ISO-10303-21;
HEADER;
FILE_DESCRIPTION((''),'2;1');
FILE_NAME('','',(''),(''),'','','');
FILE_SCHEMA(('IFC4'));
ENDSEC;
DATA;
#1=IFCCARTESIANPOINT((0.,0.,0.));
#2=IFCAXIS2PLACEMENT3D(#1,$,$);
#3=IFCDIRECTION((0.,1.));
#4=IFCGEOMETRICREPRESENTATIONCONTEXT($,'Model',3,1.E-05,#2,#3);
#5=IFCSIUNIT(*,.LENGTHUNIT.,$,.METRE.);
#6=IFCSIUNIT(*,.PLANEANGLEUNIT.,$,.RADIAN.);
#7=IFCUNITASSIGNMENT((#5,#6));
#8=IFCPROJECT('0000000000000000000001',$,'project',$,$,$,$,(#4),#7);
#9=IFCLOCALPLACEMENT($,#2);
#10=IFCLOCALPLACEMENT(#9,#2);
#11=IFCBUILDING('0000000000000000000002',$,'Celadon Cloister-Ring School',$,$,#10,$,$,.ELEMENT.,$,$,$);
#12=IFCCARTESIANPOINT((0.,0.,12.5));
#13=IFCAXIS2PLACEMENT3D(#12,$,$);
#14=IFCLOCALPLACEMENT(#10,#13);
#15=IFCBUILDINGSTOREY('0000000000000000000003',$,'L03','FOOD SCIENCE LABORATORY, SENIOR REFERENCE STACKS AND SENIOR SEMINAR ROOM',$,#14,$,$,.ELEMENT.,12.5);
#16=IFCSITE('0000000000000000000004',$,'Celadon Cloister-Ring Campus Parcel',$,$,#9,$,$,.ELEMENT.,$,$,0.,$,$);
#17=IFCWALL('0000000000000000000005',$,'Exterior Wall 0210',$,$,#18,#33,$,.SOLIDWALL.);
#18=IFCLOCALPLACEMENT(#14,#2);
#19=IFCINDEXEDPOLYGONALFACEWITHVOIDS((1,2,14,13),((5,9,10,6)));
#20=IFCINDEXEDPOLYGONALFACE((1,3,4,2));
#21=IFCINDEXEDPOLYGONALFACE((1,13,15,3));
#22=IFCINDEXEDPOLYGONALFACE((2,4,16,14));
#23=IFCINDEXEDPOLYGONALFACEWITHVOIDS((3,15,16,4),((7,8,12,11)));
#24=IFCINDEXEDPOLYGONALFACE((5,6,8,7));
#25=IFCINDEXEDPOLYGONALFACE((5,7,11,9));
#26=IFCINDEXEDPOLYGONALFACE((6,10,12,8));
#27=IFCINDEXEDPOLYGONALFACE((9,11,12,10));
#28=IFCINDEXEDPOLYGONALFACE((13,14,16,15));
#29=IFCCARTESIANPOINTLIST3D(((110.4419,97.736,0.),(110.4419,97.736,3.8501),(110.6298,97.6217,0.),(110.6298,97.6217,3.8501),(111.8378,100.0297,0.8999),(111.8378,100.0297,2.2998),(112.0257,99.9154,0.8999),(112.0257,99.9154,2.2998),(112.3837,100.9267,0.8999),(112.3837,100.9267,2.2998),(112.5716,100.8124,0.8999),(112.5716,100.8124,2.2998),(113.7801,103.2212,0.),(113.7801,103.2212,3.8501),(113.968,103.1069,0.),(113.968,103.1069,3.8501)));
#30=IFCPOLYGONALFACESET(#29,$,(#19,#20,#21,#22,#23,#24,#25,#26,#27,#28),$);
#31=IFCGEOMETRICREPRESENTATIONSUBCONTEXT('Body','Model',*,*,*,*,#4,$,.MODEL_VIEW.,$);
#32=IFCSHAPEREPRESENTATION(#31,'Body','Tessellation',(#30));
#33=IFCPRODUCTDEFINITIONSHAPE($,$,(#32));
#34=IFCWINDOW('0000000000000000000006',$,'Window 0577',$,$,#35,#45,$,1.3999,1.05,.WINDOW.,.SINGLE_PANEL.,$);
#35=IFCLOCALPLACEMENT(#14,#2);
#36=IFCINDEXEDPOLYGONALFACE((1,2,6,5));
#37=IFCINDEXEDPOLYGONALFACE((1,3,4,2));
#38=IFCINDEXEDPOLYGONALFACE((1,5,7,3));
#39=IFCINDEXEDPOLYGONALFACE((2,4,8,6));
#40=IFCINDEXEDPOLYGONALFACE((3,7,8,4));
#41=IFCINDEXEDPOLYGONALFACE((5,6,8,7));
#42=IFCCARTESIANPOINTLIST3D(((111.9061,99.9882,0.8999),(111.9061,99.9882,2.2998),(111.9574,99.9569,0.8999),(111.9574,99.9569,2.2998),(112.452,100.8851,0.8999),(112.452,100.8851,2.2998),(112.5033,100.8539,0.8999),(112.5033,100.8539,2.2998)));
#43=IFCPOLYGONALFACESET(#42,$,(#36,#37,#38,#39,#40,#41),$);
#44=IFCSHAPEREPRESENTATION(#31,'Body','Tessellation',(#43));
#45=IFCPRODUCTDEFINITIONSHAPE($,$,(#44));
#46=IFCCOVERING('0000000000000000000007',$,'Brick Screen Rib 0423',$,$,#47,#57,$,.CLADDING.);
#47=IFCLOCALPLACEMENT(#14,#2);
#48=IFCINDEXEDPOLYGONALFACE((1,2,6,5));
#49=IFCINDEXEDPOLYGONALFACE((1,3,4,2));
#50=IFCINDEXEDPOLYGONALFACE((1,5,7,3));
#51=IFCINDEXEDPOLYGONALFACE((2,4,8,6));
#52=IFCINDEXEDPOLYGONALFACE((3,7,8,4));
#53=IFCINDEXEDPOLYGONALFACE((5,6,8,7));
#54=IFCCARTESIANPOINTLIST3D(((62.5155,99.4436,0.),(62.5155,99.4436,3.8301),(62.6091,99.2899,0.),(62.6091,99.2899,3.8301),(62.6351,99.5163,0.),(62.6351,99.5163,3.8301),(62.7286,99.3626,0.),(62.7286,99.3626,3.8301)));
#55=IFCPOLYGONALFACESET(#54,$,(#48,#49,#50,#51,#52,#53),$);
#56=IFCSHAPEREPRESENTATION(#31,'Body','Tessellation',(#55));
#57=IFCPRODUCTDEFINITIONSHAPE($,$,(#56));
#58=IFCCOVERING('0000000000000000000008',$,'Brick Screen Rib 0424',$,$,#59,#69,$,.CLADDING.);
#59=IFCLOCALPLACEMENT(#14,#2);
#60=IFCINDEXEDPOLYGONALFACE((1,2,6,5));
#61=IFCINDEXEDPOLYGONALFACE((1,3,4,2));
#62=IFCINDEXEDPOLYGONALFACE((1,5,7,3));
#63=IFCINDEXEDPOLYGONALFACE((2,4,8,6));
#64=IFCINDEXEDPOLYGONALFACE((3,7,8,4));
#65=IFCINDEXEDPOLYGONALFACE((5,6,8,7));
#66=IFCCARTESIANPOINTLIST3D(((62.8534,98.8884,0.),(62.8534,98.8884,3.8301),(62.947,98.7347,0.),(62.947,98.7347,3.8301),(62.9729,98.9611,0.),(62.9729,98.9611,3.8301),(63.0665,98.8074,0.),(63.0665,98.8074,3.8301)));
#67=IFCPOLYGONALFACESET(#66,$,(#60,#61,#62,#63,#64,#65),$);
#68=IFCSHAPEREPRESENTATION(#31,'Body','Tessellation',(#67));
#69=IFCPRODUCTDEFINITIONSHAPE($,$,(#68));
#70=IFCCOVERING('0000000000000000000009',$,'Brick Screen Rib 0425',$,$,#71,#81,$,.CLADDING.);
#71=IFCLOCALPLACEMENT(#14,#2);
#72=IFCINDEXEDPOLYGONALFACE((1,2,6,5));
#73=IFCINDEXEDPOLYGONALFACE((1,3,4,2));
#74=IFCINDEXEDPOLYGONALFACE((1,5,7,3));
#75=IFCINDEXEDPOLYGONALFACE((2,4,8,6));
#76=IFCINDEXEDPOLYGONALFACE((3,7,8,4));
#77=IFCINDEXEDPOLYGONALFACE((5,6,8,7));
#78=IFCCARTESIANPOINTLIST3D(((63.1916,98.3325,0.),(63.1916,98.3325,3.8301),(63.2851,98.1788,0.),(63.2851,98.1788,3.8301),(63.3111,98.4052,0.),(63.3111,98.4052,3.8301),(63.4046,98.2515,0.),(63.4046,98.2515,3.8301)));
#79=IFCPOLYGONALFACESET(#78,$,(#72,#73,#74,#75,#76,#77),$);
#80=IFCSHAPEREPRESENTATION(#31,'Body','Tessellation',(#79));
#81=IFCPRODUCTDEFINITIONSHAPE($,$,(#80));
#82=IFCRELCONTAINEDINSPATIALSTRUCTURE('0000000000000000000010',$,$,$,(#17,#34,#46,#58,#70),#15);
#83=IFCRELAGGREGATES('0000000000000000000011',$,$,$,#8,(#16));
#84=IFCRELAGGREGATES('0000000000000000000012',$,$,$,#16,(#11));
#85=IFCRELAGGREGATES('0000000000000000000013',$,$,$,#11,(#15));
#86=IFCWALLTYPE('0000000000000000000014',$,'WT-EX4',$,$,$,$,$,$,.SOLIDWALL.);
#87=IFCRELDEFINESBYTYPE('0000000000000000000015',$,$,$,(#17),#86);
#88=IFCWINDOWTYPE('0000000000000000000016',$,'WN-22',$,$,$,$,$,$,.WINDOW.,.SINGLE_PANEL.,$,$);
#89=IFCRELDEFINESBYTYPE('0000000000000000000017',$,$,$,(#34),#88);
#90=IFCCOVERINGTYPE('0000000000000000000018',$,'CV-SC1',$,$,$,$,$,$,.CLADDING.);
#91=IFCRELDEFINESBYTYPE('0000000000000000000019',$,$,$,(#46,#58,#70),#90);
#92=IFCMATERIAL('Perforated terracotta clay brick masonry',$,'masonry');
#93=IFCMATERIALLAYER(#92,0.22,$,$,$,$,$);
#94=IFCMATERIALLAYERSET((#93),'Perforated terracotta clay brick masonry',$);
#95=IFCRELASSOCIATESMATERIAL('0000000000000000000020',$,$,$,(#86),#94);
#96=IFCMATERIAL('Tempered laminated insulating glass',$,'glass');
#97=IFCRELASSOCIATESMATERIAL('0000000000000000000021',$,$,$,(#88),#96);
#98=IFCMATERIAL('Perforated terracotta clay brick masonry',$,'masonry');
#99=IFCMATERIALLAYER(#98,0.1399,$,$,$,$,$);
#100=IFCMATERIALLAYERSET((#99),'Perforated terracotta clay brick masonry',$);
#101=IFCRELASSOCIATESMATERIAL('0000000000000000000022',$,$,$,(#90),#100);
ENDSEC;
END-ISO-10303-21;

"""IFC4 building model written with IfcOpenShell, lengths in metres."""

from ifc_helpers import new_model, si_unit, direction, frame, frame_2d, origin, origin_2d, place, context, subcontext, project, spatial, rectangle, extrude, material, layer, layer_set, type_object, element, fill, save


model = new_model("IFC4")

# Units and contexts
model_context = context("Model", 3, precision=1e-05, world=origin(), true_north=direction((0.0, 1.0)))
body_context = subcontext(model_context, "Body", "Model", "MODEL_VIEW")
ifc_project = project(units=[si_unit("LENGTHUNIT", "METRE"), si_unit("PLANEANGLEUNIT", "RADIAN")], contexts=[model_context])

# Site, building, storey
site_placement = place(None, origin())
site = spatial("IfcSite", under=ifc_project, at=site_placement, Name="Celadon Cloister-Ring Campus Parcel", CompositionType="ELEMENT", RefElevation=0.0)
building_placement = place(site_placement, origin())
building = spatial("IfcBuilding", under=site, at=building_placement, Name="Celadon Cloister-Ring School", CompositionType="ELEMENT")
storey_placement = place(building_placement, frame((0.0, 0.0, 12.5)))
storey = spatial("IfcBuildingStorey", under=building, at=storey_placement, Name="L03", Description="FOOD SCIENCE LABORATORY, SENIOR REFERENCE STACKS AND SENIOR SEMINAR ROOM", CompositionType="ELEMENT", Elevation=12.5)

# Wall, opening, window
ifc_material_1 = material(Name="Perforated terracotta clay brick masonry", Category="masonry")
ifc_layer_1 = layer(ifc_material_1, 0.22)
ifc_layer_set_1 = layer_set([ifc_layer_1], Name="Perforated terracotta clay brick masonry")
wall_type = type_object("IfcWallType", Name="WT-EX4", PredefinedType="SOLIDWALL", material=ifc_layer_set_1)
wall_placement = place(storey_placement, frame((110.5359, 97.679, 0.0), z_axis=(0.0, 0.0, 1.0), x_axis=(0.519876, 0.854242, 0.0)))
wall = element("IfcWall", 1, at=wall_placement, inside=storey, type_object=wall_type, Name="Exterior Wall 0210", PredefinedType="SOLIDWALL", context=body_context, shape_type="SweptSolid", body=[
    extrude(rectangle(XDim=6.4211, YDim=0.22, at=frame_2d((3.2104, 0.0))), origin(), (0.0, 0.0, 1.0), 3.8501),
])
opening_placement = place(wall_placement, frame((2.6851, 0.0, 0.8999)))
opening = element("IfcOpeningElement", 2, at=opening_placement, cuts=wall, PredefinedType="OPENING", context=body_context, shape_type="SweptSolid", body=[
    extrude(rectangle(XDim=1.05, YDim=1.3999, at=frame_2d((0.5249, 0.7))), frame((0.0, 0.1201, 0.0), z_axis=(0.0, -1.0, 0.0), x_axis=(1.0, 0.0, 0.0)), (0.0, 0.0, 1.0), 0.24),
])
ifc_material_2 = material(Name="Tempered laminated insulating glass", Category="glass")
window_type = type_object("IfcWindowType", Name="WN-22", PartitioningType="SINGLE_PANEL", PredefinedType="WINDOW", material=ifc_material_2)
window_placement = place(opening_placement, origin())
window = element("IfcWindow", 3, at=window_placement, inside=storey, type_object=window_type, Name="Window 0577", OverallHeight=1.3999, OverallWidth=1.05, PartitioningType="SINGLE_PANEL", PredefinedType="WINDOW", context=body_context, shape_type="SweptSolid", body=[
    extrude(rectangle(XDim=1.05, YDim=1.3999, at=frame_2d((0.5249, 0.7))), frame((0.0, 0.03, 0.0), z_axis=(0.0, -1.0, 0.0), x_axis=(1.0, 0.0, 0.0)), (0.0, 0.0, 1.0), 0.0601),
])
fill(opening, window)

# Coverings
ifc_material_3 = material(Name="Perforated terracotta clay brick masonry", Category="masonry")
ifc_layer_2 = layer(ifc_material_3, 0.1399)
ifc_layer_set_2 = layer_set([ifc_layer_2], Name="Perforated terracotta clay brick masonry")
covering_type = type_object("IfcCoveringType", Name="CV-SC1", PredefinedType="CLADDING", material=ifc_layer_set_2)
for number, where, z_axis, x_axis, name in (
    (4, (62.6221, 99.4031, 0.0), (0.0, 0.0, 1.0), (0.519862, -0.85425, 0.0), "Brick Screen Rib 0423"),
    (5, (62.96, 98.8479, 0.0), (0.0, 0.0, 1.0), (0.519862, -0.85425, 0.0), "Brick Screen Rib 0424"),
    (6, (63.2981, 98.292, 0.0), (0.0, 0.0, 1.0), (0.519862, -0.85425, 0.0), "Brick Screen Rib 0425"),
):
    element("IfcCovering", number, at=place(storey_placement, frame(where, z_axis=z_axis, x_axis=x_axis)), inside=storey, type_object=covering_type, Name=name, PredefinedType="CLADDING", context=body_context, shape_type="SweptSolid", body=[
        extrude(rectangle(XDim=0.1799, YDim=0.1399, at=origin_2d()), origin(), (0.0, 0.0, 1.0), 3.8301),
    ])

save(model, "model.ifc")
